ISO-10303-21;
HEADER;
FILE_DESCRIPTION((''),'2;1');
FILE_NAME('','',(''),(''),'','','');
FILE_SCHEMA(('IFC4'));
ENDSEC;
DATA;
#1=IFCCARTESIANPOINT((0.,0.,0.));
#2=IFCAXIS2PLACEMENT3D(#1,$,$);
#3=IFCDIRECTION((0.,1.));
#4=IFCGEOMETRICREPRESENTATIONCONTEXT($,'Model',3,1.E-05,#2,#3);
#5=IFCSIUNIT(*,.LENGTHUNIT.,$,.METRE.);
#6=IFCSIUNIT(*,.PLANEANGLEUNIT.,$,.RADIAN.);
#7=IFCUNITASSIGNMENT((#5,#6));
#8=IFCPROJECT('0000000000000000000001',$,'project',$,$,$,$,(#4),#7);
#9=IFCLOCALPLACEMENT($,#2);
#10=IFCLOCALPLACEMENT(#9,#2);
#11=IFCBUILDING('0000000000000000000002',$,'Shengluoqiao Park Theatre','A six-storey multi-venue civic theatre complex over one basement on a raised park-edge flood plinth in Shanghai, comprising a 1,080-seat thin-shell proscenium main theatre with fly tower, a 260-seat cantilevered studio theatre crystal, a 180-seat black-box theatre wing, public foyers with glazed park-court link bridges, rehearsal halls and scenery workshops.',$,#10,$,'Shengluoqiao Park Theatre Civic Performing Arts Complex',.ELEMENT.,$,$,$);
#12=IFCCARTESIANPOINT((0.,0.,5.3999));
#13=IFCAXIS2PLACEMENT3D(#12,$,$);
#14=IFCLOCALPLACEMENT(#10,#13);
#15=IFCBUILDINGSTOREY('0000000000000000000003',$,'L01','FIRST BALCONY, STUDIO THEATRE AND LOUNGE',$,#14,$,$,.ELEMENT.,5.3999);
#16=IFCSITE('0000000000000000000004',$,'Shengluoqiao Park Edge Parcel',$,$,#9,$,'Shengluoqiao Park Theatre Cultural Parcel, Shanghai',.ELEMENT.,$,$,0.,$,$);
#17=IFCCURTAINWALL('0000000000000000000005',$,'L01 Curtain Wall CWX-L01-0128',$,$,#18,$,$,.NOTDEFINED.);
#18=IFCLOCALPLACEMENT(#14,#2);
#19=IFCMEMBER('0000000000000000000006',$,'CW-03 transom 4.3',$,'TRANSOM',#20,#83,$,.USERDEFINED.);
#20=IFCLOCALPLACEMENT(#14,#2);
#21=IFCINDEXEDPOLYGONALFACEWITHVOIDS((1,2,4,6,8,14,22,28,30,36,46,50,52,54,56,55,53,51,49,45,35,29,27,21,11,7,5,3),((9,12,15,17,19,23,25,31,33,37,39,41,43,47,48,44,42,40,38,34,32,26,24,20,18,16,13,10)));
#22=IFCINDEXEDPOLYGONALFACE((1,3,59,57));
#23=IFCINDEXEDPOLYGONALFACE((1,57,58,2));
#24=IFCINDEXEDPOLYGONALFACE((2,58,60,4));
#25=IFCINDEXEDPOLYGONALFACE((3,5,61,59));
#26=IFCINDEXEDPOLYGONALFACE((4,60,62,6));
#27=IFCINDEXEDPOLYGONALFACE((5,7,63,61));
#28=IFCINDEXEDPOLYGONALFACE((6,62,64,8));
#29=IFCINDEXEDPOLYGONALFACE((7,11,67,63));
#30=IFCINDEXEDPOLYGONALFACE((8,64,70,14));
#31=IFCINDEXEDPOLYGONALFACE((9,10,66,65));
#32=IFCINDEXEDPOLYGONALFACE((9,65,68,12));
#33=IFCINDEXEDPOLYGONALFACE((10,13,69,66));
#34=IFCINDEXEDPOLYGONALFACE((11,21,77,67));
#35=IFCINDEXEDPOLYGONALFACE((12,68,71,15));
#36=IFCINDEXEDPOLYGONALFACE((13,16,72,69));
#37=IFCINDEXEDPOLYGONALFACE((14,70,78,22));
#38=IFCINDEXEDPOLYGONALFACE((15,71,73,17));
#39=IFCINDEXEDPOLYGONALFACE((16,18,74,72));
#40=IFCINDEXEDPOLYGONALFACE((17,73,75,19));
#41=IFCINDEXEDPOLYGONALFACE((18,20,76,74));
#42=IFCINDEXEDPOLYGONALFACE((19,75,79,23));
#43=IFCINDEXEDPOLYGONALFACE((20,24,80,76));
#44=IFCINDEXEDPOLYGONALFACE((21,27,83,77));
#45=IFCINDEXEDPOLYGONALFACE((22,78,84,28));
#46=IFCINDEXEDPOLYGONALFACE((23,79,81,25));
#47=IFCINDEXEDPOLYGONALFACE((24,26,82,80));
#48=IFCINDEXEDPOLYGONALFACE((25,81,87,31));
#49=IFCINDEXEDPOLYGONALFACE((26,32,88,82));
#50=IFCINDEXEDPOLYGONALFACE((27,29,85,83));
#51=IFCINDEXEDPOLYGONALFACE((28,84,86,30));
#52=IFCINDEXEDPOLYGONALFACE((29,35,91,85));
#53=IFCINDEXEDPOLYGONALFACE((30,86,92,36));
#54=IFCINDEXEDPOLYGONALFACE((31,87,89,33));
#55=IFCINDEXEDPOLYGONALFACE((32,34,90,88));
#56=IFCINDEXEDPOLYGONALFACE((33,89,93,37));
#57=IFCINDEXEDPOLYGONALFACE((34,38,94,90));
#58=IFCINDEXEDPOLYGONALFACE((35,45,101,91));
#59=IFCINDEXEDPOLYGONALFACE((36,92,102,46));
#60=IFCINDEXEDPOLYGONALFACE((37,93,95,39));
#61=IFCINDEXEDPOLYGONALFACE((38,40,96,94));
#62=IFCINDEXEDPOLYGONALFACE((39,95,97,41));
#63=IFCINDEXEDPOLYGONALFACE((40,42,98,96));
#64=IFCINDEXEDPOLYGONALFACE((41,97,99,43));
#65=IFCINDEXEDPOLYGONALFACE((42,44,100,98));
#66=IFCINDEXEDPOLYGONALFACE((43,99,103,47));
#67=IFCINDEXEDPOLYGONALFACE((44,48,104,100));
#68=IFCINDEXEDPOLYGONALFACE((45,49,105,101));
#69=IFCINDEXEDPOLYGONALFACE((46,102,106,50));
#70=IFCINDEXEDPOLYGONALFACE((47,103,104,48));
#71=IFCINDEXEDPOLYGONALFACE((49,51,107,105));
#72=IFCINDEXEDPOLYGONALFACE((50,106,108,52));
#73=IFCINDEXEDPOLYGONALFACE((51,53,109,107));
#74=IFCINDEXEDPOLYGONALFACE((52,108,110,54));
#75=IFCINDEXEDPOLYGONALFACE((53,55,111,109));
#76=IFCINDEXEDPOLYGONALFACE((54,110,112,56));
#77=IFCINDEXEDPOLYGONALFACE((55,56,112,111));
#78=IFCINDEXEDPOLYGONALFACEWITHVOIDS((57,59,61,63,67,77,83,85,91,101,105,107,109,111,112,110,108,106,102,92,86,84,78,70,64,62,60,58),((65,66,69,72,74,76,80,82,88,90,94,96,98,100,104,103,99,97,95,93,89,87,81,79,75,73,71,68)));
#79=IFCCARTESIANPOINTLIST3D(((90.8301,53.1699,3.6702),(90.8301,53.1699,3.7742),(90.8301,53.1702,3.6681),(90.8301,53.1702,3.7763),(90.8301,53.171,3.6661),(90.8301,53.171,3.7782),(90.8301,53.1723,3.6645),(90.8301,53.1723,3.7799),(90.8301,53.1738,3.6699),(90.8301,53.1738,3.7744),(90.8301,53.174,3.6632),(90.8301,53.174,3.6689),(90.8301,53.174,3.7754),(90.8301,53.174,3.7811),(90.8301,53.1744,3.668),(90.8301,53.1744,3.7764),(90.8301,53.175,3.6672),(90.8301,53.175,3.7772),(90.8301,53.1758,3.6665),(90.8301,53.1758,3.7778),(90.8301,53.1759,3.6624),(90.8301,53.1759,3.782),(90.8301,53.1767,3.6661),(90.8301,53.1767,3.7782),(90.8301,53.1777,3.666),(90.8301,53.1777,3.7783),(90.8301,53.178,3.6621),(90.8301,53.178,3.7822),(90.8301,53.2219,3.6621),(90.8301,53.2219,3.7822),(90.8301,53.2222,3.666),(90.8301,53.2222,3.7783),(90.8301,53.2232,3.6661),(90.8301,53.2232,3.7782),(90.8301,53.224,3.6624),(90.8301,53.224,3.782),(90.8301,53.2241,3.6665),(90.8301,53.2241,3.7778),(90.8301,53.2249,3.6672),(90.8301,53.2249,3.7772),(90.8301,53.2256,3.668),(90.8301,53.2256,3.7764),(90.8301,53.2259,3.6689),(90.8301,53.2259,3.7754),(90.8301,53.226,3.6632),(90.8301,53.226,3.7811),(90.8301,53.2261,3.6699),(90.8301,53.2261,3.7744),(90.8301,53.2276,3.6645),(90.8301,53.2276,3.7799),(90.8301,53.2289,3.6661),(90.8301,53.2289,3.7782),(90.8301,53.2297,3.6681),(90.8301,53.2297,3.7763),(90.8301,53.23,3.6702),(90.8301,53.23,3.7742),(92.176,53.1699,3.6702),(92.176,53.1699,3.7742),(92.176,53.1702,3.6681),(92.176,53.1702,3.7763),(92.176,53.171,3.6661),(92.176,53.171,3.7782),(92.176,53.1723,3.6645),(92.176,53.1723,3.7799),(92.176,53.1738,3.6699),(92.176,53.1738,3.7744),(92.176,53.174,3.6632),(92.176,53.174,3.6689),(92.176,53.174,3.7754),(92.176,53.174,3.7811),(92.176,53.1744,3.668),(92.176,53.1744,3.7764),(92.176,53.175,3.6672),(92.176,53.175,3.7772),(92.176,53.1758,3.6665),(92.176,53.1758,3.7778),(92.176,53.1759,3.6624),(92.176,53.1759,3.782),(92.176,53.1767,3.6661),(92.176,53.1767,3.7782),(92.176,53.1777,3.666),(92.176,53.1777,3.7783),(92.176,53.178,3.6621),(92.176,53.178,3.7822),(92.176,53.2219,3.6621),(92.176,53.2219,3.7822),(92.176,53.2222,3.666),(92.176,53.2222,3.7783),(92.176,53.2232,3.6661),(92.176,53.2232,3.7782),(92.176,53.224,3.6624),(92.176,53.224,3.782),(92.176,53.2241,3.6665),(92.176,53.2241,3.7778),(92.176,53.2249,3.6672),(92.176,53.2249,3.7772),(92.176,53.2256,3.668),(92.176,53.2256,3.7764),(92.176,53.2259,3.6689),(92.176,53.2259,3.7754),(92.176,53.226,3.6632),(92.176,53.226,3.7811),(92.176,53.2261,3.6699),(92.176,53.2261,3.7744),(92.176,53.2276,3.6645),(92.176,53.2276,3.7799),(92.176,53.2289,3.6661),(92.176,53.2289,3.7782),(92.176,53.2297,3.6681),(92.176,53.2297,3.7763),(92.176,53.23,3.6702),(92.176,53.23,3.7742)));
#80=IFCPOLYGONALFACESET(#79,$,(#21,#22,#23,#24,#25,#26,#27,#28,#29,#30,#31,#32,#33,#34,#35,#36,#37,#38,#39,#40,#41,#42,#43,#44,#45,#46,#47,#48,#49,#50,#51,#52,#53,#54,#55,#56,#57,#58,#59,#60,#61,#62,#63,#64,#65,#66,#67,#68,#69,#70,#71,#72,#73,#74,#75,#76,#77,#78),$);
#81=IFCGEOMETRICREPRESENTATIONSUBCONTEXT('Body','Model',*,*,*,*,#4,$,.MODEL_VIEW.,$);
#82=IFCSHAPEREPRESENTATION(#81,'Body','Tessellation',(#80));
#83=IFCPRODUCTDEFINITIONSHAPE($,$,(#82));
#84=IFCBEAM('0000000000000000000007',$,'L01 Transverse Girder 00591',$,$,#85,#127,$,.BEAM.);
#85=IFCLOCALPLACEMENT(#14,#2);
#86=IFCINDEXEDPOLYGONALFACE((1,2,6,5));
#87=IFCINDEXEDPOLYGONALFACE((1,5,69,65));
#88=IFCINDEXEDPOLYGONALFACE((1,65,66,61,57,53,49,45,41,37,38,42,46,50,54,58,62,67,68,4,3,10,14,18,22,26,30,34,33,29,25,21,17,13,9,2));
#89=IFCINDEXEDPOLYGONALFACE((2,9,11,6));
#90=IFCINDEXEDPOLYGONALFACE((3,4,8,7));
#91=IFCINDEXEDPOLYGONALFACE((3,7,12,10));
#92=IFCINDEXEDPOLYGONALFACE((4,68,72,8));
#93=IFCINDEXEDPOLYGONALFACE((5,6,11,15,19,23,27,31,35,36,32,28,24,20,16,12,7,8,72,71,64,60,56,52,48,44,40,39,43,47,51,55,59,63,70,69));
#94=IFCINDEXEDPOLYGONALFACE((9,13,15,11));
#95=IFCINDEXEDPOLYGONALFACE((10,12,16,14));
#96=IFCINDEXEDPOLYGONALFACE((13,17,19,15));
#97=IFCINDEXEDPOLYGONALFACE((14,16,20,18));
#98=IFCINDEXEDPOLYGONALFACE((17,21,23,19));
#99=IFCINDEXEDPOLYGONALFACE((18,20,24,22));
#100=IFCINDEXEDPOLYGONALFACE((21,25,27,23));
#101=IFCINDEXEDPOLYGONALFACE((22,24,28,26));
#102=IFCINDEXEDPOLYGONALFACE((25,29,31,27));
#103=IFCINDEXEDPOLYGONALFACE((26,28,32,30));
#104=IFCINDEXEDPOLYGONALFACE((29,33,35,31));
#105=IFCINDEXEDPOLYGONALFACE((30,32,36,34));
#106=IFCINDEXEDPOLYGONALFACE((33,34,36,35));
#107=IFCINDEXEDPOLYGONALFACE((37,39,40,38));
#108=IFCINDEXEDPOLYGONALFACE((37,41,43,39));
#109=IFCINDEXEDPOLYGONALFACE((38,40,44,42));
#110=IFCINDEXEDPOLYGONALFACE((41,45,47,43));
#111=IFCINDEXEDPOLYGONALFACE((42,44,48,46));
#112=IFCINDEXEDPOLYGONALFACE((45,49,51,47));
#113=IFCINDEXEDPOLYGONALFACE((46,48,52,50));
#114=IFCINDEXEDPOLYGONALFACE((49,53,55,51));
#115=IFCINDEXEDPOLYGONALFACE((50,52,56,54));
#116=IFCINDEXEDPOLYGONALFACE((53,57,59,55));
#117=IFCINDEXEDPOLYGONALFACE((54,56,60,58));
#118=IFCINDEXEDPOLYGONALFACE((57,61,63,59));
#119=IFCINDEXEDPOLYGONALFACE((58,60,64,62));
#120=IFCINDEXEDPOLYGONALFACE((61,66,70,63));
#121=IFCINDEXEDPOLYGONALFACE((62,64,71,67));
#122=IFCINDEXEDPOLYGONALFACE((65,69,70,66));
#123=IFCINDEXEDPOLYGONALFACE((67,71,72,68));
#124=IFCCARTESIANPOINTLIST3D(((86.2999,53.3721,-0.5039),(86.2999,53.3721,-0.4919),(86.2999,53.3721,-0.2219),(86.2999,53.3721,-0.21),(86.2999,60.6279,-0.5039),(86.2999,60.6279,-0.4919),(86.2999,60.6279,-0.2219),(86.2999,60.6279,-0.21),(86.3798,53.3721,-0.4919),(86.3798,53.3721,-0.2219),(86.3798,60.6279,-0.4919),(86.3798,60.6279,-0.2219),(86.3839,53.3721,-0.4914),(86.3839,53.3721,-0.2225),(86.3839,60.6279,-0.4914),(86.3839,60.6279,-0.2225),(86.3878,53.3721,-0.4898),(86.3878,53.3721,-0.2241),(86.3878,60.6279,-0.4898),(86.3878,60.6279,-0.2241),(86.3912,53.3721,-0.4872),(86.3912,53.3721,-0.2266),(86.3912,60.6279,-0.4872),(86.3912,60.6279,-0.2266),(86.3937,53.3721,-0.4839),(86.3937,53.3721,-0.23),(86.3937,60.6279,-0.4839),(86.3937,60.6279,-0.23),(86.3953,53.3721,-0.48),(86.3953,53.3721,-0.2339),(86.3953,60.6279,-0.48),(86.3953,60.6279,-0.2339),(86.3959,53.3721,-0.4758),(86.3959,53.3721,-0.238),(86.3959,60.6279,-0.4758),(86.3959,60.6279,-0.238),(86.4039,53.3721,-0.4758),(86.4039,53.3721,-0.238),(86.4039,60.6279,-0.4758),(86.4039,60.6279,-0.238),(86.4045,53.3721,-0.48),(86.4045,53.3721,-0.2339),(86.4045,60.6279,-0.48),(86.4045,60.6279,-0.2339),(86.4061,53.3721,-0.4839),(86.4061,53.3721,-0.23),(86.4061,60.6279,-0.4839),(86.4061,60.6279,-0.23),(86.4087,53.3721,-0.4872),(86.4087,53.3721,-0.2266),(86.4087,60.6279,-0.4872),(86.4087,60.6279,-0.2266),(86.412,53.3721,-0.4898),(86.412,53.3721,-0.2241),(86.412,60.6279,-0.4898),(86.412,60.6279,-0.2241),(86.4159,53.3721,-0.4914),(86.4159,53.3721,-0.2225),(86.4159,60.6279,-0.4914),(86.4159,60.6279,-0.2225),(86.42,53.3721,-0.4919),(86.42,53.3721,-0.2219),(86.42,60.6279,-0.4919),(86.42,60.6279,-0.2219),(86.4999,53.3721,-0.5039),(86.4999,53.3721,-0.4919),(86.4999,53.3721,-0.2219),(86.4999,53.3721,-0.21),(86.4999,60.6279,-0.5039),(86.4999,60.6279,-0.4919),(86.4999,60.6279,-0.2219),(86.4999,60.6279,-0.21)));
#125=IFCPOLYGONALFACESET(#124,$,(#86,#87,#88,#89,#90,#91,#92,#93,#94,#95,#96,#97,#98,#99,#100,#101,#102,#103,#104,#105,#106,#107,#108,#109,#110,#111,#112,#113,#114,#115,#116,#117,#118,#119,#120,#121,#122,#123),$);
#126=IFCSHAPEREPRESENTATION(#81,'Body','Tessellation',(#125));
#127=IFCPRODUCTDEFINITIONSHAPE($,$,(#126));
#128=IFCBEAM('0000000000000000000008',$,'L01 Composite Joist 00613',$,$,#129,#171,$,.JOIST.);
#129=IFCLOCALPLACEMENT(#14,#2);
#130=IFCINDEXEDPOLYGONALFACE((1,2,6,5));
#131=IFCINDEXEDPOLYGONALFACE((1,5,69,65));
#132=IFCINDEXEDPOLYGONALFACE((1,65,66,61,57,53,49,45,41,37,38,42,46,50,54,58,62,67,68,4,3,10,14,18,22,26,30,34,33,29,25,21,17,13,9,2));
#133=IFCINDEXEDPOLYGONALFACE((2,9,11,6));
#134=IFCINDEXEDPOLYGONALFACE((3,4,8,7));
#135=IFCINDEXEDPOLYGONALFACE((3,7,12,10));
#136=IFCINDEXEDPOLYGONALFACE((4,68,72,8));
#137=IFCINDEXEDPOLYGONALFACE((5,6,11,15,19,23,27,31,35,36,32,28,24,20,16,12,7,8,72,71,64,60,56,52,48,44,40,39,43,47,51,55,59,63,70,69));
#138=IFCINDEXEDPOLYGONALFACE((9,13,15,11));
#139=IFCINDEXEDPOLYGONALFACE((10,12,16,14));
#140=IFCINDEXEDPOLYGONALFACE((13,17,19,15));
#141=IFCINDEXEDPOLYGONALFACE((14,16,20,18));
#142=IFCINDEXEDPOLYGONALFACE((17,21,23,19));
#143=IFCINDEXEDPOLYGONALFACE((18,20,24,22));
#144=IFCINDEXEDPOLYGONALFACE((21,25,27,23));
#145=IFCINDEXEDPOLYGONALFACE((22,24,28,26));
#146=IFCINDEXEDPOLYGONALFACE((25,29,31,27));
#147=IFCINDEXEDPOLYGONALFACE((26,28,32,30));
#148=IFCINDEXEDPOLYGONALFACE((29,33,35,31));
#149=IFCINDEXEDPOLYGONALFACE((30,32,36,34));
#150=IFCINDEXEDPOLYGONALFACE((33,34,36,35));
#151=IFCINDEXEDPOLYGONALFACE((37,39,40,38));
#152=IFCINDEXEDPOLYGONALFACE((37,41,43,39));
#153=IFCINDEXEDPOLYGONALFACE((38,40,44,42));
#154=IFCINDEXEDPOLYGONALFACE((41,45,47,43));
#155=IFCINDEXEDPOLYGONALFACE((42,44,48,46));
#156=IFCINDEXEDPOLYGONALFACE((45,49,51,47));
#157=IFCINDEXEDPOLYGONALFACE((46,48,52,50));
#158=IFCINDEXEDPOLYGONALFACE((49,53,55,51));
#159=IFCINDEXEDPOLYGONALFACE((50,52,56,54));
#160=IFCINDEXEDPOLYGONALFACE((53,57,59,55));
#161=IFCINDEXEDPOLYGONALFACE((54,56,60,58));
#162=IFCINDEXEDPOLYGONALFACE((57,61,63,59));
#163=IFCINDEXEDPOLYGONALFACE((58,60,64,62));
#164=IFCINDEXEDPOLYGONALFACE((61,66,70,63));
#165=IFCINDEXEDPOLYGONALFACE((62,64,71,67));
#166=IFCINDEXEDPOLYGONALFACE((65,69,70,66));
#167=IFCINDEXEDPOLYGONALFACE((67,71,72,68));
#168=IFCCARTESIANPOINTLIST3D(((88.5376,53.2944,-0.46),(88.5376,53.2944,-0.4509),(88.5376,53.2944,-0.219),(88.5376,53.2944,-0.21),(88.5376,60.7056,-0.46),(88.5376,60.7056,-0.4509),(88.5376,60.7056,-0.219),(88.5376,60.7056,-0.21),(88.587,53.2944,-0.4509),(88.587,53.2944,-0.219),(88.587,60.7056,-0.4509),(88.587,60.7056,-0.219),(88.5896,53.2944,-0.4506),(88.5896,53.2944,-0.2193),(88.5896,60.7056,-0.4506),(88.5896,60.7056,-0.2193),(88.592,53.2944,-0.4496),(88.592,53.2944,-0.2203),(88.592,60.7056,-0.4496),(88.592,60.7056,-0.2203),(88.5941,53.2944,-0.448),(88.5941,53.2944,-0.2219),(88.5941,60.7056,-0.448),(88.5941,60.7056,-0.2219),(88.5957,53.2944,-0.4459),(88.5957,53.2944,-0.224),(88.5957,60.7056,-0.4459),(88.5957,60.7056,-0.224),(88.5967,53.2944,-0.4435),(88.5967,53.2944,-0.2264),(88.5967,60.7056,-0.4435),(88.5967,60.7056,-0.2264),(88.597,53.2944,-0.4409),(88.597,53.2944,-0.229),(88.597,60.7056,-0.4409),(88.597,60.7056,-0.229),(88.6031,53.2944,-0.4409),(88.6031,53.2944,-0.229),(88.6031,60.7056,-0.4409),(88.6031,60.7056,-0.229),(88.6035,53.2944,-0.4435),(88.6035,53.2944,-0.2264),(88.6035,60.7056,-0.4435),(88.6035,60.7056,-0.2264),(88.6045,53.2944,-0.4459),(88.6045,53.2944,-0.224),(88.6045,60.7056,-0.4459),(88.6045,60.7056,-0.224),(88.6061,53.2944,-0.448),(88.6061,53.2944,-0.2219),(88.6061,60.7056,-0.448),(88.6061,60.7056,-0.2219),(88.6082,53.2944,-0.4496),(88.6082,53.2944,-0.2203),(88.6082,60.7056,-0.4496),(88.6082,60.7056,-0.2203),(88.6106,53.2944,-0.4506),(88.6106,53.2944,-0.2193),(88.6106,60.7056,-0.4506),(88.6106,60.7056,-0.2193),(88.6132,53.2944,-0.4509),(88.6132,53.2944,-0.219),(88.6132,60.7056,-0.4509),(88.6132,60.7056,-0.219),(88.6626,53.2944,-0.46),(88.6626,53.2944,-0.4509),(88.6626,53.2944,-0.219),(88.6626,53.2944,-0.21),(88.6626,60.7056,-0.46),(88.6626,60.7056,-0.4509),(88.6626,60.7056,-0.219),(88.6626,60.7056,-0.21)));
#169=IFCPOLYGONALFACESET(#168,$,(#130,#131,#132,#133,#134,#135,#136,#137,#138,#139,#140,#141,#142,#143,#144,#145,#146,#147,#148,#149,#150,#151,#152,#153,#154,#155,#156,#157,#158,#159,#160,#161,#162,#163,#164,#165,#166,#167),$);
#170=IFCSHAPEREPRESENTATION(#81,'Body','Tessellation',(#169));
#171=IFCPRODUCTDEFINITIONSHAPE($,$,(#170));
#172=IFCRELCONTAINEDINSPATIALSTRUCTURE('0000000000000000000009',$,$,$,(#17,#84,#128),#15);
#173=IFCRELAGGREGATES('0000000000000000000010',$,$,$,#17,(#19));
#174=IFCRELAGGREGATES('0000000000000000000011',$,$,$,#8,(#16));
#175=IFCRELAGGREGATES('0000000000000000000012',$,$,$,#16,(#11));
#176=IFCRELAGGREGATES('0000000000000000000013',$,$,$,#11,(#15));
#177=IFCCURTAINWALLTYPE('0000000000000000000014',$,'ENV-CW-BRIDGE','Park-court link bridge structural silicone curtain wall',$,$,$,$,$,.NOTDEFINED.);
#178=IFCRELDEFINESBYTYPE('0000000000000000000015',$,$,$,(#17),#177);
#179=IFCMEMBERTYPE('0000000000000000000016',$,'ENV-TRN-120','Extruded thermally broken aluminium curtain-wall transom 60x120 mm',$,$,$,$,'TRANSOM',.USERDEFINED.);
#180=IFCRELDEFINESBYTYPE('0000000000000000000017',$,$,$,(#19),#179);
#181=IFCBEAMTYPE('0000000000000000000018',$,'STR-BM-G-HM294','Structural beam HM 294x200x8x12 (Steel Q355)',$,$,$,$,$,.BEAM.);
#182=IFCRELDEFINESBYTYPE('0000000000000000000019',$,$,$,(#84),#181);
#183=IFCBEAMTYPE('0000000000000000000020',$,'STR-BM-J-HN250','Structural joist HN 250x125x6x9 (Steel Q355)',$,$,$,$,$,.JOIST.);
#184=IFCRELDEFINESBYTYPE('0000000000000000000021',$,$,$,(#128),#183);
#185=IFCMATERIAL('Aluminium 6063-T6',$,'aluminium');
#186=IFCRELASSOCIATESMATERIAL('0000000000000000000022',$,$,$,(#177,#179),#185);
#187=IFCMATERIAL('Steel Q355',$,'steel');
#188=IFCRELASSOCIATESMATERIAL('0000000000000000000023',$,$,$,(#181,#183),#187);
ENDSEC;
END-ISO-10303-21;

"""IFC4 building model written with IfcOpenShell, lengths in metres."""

from ifc_helpers import new_model, si_unit, direction, frame, origin, origin_2d, place, context, subcontext, project, spatial, hollow_rectangle, i_section, extrude, material, material_profile, profile_set, type_object, element, aggregate, save


model = new_model("IFC4")

# Units and contexts
model_context = context("Model", 3, precision=1e-05, world=origin(), true_north=direction((0.0, 1.0)))
body_context = subcontext(model_context, "Body", "Model", "MODEL_VIEW")
ifc_project = project(units=[si_unit("LENGTHUNIT", "METRE"), si_unit("PLANEANGLEUNIT", "RADIAN")], contexts=[model_context])

# Site, building, storey
site_placement = place(None, origin())
site = spatial("IfcSite", under=ifc_project, at=site_placement, Name="Shengluoqiao Park Edge Parcel", LongName="Shengluoqiao Park Theatre Cultural Parcel, Shanghai", CompositionType="ELEMENT", RefElevation=0.0)
building_placement = place(site_placement, origin())
building = spatial("IfcBuilding", under=site, at=building_placement, Name="Shengluoqiao Park Theatre", Description="A six-storey multi-venue civic theatre complex over one basement on a raised park-edge flood plinth in Shanghai, comprising a 1,080-seat thin-shell proscenium main theatre with fly tower, a 260-seat cantilevered studio theatre crystal, a 180-seat black-box theatre wing, public foyers with glazed park-court link bridges, rehearsal halls and scenery workshops.", LongName="Shengluoqiao Park Theatre Civic Performing Arts Complex", CompositionType="ELEMENT")
storey_placement = place(building_placement, frame((0.0, 0.0, 5.3999)))
storey = spatial("IfcBuildingStorey", under=building, at=storey_placement, Name="L01", Description="FIRST BALCONY, STUDIO THEATRE AND LOUNGE", CompositionType="ELEMENT", Elevation=5.3999)

# Shared definitions
ifc_material_1 = material(Name="Steel Q355", Category="steel")

# Shared definitions
ifc_material_2 = material(Name="Aluminium 6063-T6", Category="aluminium")
curtain_wall_type = type_object("IfcCurtainWallType", Name="ENV-CW-BRIDGE", Description="Park-court link bridge structural silicone curtain wall", PredefinedType="NOTDEFINED", material=ifc_material_2)

# Curtain wall, member
curtain_wall_1_placement = place(storey_placement, origin())
curtain_wall_1 = element("IfcCurtainWall", 1, at=curtain_wall_1_placement, inside=storey, type_object=curtain_wall_type, Name="L01 Curtain Wall CWX-L01-0128", PredefinedType="NOTDEFINED")
ifc_material_profile_1 = material_profile(ifc_material_2, hollow_rectangle(XDim=0.0601, YDim=0.1201, WallThickness=0.0039, InnerFilletRadius=0.0039, OuterFilletRadius=0.0081, at=origin_2d()), Name="ALU TRANSOM 120x60x4")
ifc_profile_set_1 = profile_set([ifc_material_profile_1], Name="Aluminium 6063-T6")
member_type_1 = type_object("IfcMemberType", Name="ENV-TRN-120", Description="Extruded thermally broken aluminium curtain-wall transom 60x120 mm", ElementType="TRANSOM", PredefinedType="USERDEFINED", material=ifc_profile_set_1)
member_1_placement = place(storey_placement, frame((90.8301, 53.2, 3.7222), z_axis=(1.0, 0.0, 0.0), x_axis=(0.0, 1.0, 0.0)))
member_1 = element("IfcMember", 2, at=member_1_placement, type_object=member_type_1, Name="CW-03 transom 4.3", ObjectType="TRANSOM", PredefinedType="USERDEFINED", context=body_context, shape_type="SweptSolid", body=[
    extrude(hollow_rectangle(XDim=0.0601, YDim=0.1201, WallThickness=0.0039, InnerFilletRadius=0.0039, OuterFilletRadius=0.0081, at=origin_2d()), origin(), (0.0, 0.0, 1.0), 1.3459),
])

# Beams
ifc_material_profile_2 = material_profile(ifc_material_1, i_section(OverallWidth=0.2, OverallDepth=0.2939, WebThickness=0.0081, FlangeThickness=0.012, FilletRadius=0.0161, at=origin_2d()), Name="HM 294x200x8x12")
ifc_profile_set_2 = profile_set([ifc_material_profile_2], Name="Steel Q355")
beam_type_1 = type_object("IfcBeamType", Name="STR-BM-G-HM294", Description="Structural beam HM 294x200x8x12 (Steel Q355)", PredefinedType="BEAM", material=ifc_profile_set_2)
beam_1_placement = place(storey_placement, frame((86.3999, 53.3721, -0.3569), z_axis=(0.0, 1.0, 0.0), x_axis=(-1.0, 0.0, 0.0)))
element("IfcBeam", 3, at=beam_1_placement, inside=storey, type_object=beam_type_1, Name="L01 Transverse Girder 00591", PredefinedType="BEAM", context=body_context, shape_type="SweptSolid", body=[
    extrude(i_section(OverallWidth=0.2, OverallDepth=0.2939, WebThickness=0.0081, FlangeThickness=0.012, FilletRadius=0.0161, at=origin_2d()), origin(), (0.0, 0.0, 1.0), 7.2559),
])
ifc_material_profile_3 = material_profile(ifc_material_1, i_section(OverallWidth=0.125, OverallDepth=0.25, WebThickness=0.0061, FlangeThickness=0.009, FilletRadius=0.01, at=origin_2d()), Name="HN 250x125x6x9")
ifc_profile_set_3 = profile_set([ifc_material_profile_3], Name="Steel Q355")
beam_type_2 = type_object("IfcBeamType", Name="STR-BM-J-HN250", Description="Structural joist HN 250x125x6x9 (Steel Q355)", PredefinedType="JOIST", material=ifc_profile_set_3)
for number, where, z_axis, x_axis, name in (
    (4, (88.6001, 53.2944, -0.335), (0.0, 1.0, 0.0), (-1.0, 0.0, 0.0), "L01 Composite Joist 00613"),
):
    element("IfcBeam", number, at=place(storey_placement, frame(where, z_axis=z_axis, x_axis=x_axis)), inside=storey, type_object=beam_type_2, Name=name, PredefinedType="JOIST", context=body_context, shape_type="SweptSolid", body=[
        extrude(i_section(OverallWidth=0.125, OverallDepth=0.25, WebThickness=0.0061, FlangeThickness=0.009, FilletRadius=0.01, at=origin_2d()), origin(), (0.0, 0.0, 1.0), 7.4111),
    ])

aggregate(curtain_wall_1, [member_1])

save(model, "model.ifc")
